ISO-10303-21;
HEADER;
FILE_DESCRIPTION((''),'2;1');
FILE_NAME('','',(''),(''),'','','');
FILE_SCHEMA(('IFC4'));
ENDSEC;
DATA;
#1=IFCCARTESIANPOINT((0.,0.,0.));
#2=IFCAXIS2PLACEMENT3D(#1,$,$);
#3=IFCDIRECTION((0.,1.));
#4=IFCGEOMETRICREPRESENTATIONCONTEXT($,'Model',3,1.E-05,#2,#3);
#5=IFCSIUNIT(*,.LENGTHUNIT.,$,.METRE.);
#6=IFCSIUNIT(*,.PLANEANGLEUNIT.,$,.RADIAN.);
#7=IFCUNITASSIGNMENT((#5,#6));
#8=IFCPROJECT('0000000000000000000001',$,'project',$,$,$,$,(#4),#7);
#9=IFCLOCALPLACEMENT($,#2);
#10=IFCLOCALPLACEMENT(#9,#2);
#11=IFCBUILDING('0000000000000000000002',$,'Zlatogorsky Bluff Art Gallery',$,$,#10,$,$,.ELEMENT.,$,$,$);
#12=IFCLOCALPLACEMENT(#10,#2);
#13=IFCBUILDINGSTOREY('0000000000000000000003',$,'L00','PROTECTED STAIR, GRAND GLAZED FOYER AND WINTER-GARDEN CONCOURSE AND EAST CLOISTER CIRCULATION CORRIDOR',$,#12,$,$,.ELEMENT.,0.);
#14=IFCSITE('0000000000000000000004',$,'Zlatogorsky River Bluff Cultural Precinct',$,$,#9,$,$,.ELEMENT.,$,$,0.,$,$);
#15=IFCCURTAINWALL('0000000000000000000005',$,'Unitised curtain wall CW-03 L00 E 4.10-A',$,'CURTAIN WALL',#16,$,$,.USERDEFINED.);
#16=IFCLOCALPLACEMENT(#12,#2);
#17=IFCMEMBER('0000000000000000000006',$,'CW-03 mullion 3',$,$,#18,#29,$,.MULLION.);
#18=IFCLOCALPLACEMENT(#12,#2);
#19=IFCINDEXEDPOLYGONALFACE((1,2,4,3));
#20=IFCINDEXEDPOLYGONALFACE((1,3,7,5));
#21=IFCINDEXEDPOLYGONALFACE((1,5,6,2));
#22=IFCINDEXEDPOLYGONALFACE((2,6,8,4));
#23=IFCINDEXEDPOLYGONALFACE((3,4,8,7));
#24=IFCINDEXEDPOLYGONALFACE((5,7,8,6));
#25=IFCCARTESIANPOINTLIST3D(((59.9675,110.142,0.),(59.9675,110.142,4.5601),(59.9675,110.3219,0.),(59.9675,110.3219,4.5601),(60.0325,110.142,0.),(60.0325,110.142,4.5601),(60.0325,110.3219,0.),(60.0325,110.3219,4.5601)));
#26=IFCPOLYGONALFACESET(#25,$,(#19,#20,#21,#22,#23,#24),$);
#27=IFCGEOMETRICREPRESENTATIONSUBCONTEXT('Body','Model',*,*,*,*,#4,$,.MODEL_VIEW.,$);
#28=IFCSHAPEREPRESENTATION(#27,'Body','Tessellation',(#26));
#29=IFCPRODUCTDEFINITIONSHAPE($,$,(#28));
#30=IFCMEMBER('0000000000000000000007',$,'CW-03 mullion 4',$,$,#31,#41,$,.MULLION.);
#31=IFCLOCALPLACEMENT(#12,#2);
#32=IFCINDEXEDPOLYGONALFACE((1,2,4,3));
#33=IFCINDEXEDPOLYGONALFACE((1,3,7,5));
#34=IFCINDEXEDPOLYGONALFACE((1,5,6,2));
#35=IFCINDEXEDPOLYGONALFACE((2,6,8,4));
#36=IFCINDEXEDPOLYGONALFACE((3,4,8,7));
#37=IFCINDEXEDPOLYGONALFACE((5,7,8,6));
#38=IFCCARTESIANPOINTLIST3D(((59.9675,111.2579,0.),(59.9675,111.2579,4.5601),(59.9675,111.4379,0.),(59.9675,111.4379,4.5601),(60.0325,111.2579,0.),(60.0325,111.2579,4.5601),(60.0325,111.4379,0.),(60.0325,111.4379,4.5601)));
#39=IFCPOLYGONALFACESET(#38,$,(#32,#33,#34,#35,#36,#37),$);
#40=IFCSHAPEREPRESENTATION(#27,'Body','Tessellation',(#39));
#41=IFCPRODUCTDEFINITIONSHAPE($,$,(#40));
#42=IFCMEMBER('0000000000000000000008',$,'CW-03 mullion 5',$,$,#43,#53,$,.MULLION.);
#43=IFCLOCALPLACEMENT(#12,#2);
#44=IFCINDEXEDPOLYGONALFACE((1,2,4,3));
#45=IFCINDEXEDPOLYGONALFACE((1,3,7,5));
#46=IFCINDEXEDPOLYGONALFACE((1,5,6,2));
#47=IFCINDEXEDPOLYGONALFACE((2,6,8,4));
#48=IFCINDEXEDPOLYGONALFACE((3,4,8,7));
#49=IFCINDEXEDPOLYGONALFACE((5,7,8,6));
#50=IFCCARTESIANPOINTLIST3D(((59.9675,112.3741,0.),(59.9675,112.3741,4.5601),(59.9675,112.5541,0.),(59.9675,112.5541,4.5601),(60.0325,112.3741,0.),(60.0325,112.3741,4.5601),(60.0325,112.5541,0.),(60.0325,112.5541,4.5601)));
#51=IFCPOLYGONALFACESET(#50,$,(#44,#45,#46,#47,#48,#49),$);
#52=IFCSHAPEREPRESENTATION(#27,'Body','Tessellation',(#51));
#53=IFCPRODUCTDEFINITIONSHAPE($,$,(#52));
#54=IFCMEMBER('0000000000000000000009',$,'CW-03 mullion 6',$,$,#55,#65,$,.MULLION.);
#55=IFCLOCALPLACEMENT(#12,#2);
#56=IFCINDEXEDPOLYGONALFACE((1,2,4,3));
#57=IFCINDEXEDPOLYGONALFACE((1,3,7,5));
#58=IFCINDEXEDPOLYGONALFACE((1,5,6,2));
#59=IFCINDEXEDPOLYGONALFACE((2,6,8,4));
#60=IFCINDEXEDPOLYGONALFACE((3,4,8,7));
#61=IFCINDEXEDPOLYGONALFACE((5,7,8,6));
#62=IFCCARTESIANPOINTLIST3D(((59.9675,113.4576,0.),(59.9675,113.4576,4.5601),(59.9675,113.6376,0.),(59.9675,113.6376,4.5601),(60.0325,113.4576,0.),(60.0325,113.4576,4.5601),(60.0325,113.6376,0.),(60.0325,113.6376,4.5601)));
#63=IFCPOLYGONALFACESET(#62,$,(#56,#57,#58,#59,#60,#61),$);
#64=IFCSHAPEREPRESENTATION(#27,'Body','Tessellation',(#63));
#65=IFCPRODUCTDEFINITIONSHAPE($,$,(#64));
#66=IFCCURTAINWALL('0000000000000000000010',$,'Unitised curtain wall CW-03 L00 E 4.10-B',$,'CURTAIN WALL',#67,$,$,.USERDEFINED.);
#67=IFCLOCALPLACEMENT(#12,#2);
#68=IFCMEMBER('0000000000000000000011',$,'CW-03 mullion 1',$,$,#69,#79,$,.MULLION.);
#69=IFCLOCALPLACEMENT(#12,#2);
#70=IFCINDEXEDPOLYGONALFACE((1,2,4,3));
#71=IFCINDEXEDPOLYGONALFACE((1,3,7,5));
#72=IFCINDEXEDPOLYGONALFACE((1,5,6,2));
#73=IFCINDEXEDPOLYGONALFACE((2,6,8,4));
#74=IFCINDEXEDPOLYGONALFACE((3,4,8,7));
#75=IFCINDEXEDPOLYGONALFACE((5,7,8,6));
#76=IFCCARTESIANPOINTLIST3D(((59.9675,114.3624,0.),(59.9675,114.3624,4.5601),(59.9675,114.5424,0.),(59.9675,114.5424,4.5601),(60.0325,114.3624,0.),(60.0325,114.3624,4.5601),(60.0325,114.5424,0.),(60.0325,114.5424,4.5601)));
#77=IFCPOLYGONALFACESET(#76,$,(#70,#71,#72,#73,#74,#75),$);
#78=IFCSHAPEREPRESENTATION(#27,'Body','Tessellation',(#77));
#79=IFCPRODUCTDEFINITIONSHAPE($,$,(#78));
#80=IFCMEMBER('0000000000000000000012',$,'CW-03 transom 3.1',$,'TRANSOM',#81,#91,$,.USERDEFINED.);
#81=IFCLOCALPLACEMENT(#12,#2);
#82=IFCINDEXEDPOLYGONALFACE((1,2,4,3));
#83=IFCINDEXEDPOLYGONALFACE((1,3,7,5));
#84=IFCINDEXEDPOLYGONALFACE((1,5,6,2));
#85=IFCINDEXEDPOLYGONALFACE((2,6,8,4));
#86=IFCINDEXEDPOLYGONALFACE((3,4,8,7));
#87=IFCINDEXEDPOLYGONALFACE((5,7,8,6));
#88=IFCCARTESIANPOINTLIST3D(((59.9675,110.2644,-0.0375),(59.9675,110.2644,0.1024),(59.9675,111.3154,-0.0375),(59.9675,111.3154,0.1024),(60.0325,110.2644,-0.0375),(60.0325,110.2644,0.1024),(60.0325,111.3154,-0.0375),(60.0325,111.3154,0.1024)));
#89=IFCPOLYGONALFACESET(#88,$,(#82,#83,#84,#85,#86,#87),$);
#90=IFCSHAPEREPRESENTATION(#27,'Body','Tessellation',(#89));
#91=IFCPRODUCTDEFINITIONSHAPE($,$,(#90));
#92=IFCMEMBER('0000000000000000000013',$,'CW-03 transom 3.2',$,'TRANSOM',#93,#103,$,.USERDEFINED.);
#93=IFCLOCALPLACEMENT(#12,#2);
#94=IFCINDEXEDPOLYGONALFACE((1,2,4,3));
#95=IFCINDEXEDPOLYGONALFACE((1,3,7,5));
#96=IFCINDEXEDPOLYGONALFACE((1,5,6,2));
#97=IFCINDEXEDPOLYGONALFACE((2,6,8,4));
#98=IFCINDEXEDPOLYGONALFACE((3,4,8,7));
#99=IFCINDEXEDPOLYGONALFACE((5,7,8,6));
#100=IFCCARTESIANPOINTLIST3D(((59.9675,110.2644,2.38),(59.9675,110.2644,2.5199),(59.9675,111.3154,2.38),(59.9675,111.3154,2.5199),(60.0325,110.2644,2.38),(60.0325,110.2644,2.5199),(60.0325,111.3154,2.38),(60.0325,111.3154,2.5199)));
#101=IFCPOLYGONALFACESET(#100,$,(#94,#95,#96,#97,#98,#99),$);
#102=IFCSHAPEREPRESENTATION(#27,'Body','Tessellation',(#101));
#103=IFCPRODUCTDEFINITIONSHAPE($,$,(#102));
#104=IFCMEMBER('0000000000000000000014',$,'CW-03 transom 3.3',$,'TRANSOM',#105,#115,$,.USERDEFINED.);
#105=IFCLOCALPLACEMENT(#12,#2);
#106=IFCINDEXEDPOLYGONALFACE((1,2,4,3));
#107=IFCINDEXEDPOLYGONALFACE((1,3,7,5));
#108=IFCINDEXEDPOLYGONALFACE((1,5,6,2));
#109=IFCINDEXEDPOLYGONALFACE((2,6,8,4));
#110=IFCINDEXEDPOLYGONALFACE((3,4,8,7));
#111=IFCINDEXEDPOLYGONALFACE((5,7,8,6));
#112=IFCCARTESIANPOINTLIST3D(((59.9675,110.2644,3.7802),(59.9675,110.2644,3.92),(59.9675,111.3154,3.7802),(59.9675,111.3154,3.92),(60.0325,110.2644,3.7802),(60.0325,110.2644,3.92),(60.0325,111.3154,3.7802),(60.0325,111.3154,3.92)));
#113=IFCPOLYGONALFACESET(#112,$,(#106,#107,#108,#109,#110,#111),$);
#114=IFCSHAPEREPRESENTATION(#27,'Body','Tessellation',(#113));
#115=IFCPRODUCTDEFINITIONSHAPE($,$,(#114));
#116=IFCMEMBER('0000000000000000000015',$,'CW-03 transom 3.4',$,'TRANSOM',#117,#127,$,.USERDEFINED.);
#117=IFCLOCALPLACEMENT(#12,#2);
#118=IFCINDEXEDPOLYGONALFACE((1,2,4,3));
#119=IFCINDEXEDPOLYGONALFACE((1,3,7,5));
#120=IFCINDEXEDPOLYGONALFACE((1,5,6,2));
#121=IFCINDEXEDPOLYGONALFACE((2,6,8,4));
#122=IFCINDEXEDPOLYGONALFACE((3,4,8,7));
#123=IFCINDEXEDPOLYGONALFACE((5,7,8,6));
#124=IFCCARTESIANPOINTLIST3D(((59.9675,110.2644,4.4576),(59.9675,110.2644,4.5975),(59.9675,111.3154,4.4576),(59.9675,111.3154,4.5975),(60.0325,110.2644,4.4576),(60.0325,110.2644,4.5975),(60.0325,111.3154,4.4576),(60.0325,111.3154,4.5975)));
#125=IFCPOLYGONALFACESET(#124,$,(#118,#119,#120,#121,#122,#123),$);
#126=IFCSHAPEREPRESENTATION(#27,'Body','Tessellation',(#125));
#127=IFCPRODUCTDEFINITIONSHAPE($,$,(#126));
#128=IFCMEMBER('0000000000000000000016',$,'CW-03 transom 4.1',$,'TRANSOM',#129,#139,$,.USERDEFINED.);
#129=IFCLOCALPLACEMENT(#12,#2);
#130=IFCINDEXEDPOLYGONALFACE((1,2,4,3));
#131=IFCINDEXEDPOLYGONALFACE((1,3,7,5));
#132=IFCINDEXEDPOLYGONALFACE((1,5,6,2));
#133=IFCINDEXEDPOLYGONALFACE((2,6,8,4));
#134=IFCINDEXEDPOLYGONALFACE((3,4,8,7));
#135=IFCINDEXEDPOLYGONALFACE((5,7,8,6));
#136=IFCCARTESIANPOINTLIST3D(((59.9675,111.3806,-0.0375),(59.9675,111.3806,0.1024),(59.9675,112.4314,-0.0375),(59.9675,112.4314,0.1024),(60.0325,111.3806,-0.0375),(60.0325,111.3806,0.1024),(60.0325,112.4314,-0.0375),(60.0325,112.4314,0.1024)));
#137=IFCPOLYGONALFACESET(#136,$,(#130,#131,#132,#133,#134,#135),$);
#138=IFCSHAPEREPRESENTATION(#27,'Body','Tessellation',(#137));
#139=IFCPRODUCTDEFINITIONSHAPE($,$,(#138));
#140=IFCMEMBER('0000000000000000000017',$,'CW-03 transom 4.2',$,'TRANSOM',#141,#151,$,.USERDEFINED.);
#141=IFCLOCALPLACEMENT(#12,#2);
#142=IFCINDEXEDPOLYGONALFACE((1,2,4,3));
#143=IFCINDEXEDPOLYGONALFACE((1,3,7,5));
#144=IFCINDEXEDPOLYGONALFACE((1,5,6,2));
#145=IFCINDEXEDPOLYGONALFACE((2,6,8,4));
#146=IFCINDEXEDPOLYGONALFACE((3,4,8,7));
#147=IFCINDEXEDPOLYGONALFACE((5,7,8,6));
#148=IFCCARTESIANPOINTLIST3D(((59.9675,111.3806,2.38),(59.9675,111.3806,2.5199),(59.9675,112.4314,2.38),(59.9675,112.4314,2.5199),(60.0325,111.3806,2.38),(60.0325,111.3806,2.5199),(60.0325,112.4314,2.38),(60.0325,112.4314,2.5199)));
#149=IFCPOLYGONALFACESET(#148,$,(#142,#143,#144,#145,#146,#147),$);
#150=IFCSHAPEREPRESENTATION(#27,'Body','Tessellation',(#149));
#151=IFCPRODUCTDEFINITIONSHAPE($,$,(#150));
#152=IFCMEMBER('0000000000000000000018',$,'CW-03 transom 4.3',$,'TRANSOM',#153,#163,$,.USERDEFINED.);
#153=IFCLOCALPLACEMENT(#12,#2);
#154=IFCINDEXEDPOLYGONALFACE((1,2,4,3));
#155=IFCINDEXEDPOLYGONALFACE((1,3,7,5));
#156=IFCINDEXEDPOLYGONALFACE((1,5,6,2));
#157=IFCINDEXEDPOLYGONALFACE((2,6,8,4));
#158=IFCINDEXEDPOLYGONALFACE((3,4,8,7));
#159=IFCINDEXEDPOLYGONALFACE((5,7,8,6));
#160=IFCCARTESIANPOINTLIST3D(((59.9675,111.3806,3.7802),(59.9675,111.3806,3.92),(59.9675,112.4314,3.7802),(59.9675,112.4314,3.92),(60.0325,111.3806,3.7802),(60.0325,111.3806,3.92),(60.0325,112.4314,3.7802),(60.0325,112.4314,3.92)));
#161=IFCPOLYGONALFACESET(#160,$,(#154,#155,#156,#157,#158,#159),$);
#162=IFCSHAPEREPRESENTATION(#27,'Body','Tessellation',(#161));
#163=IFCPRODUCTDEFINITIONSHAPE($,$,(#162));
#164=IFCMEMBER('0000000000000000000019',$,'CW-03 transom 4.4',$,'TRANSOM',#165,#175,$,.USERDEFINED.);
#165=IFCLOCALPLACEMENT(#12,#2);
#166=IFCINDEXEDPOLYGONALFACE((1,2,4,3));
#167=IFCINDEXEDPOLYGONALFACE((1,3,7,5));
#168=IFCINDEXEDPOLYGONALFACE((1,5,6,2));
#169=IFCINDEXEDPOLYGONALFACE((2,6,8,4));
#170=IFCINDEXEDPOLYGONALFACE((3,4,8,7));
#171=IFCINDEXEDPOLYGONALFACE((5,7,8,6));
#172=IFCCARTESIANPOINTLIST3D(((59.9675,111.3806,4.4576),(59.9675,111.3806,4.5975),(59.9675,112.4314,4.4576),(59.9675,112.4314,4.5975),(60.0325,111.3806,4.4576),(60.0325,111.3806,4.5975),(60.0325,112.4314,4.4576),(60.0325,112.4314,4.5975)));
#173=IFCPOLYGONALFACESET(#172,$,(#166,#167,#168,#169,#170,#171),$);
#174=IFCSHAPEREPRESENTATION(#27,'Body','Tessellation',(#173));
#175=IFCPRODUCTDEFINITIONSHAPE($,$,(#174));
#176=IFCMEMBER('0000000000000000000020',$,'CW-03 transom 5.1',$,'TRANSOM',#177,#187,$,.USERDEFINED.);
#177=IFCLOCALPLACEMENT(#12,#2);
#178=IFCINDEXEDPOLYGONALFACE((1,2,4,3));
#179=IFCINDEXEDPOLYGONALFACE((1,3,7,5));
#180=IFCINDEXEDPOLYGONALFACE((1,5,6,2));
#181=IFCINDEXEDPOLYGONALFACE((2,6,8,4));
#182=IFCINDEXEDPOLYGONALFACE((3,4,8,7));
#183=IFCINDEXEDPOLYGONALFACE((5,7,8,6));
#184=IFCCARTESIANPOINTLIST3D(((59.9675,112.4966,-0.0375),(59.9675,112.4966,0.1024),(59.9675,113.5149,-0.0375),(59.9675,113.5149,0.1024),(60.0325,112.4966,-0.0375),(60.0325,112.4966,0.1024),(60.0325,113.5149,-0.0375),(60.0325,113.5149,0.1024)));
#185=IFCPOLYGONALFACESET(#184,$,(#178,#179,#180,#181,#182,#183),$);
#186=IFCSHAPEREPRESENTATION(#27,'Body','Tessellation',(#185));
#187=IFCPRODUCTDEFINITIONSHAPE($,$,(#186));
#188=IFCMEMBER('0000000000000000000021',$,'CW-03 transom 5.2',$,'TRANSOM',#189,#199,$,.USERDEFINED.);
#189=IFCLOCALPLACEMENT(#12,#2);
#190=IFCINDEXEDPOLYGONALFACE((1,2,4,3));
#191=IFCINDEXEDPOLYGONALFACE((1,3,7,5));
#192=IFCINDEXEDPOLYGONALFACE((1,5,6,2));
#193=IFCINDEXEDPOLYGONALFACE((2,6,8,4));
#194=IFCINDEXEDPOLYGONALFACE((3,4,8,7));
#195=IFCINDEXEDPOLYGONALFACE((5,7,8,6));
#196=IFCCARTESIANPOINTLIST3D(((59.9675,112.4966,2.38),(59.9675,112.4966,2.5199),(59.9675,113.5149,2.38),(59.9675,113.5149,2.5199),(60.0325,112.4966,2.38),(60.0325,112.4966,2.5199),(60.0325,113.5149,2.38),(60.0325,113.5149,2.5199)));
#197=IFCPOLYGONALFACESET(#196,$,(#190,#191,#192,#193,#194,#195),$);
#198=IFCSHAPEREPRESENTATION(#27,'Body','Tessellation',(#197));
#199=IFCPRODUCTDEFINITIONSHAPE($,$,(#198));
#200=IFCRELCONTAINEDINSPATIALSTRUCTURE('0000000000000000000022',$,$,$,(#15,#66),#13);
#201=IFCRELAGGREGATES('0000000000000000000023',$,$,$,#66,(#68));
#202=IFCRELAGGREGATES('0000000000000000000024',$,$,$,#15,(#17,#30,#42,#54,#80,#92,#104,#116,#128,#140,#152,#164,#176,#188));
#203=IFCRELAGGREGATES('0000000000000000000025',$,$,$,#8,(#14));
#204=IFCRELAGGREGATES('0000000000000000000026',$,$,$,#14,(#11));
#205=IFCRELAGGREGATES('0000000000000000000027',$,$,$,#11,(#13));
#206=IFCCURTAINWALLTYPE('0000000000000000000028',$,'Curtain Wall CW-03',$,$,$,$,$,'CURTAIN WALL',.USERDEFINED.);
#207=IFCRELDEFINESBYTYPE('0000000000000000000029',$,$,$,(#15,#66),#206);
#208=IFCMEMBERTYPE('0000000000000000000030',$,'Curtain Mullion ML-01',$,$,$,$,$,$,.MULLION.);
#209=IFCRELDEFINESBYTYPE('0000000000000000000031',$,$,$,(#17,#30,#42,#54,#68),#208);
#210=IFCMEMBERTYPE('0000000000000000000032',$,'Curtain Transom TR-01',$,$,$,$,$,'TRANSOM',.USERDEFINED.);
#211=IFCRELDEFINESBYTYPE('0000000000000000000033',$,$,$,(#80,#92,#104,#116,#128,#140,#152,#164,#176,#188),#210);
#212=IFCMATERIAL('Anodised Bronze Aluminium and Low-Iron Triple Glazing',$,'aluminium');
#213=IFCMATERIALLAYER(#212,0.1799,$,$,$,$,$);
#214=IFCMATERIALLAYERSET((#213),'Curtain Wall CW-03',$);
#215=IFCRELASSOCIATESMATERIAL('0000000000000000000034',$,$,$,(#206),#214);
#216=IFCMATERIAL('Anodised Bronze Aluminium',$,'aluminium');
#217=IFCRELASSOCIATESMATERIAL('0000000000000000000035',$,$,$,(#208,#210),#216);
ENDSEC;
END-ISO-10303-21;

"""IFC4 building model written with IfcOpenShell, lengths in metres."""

from ifc_helpers import new_model, si_unit, direction, frame, origin, origin_2d, place, context, subcontext, project, spatial, rectangle, extrude, material, layer, layer_set, material_profile, profile_set, type_object, element, aggregate, save


model = new_model("IFC4")

# Units and contexts
model_context = context("Model", 3, precision=1e-05, world=origin(), true_north=direction((0.0, 1.0)))
body_context = subcontext(model_context, "Body", "Model", "MODEL_VIEW")
ifc_project = project(units=[si_unit("LENGTHUNIT", "METRE"), si_unit("PLANEANGLEUNIT", "RADIAN")], contexts=[model_context])

# Site, building, storey
site_placement = place(None, origin())
site = spatial("IfcSite", under=ifc_project, at=site_placement, Name="Zlatogorsky River Bluff Cultural Precinct", CompositionType="ELEMENT", RefElevation=0.0)
building_placement = place(site_placement, origin())
building = spatial("IfcBuilding", under=site, at=building_placement, Name="Zlatogorsky Bluff Art Gallery", CompositionType="ELEMENT")
storey_placement = place(building_placement, origin())
storey = spatial("IfcBuildingStorey", under=building, at=storey_placement, Name="L00", Description="PROTECTED STAIR, GRAND GLAZED FOYER AND WINTER-GARDEN CONCOURSE AND EAST CLOISTER CIRCULATION CORRIDOR", CompositionType="ELEMENT", Elevation=0.0)

# Curtain wall, members
ifc_material_1 = material(Name="Anodised Bronze Aluminium and Low-Iron Triple Glazing", Category="aluminium")
ifc_layer_1 = layer(ifc_material_1, 0.1799)
ifc_layer_set_1 = layer_set([ifc_layer_1], Name="Curtain Wall CW-03")
curtain_wall_type = type_object("IfcCurtainWallType", Name="Curtain Wall CW-03", ElementType="CURTAIN WALL", PredefinedType="USERDEFINED", material=ifc_layer_set_1)
curtain_wall_1_placement = place(storey_placement, origin())
curtain_wall_1 = element("IfcCurtainWall", 1, at=curtain_wall_1_placement, inside=storey, type_object=curtain_wall_type, Name="Unitised curtain wall CW-03 L00 E 4.10-A", ObjectType="CURTAIN WALL", PredefinedType="USERDEFINED")
ifc_material_2 = material(Name="Anodised Bronze Aluminium", Category="aluminium")
ifc_material_profile_1 = material_profile(ifc_material_2, rectangle(XDim=0.0649, YDim=0.1799, at=origin_2d()), Name="ALU MULLION 65x180")
ifc_profile_set_1 = profile_set([ifc_material_profile_1], Name="Anodised Bronze Aluminium")
member_type_1 = type_object("IfcMemberType", Name="Curtain Mullion ML-01", PredefinedType="MULLION", material=ifc_profile_set_1)
member_1_placement = place(storey_placement, frame((60.0, 110.2319, 0.0), z_axis=(0.0, 0.0, 1.0), x_axis=(-1.0, 0.0, 0.0)))
member_1 = element("IfcMember", 2, at=member_1_placement, type_object=member_type_1, Name="CW-03 mullion 3", PredefinedType="MULLION", context=body_context, shape_type="SweptSolid", body=[
    extrude(rectangle(XDim=0.0649, YDim=0.1799, at=origin_2d()), origin(), (0.0, 0.0, 1.0), 4.5601),
])
member_2_placement = place(storey_placement, frame((60.0, 111.3479, 0.0), z_axis=(0.0, 0.0, 1.0), x_axis=(-1.0, 0.0, 0.0)))
member_2 = element("IfcMember", 3, at=member_2_placement, type_object=member_type_1, Name="CW-03 mullion 4", PredefinedType="MULLION", context=body_context, shape_type="SweptSolid", body=[
    extrude(rectangle(XDim=0.0649, YDim=0.1799, at=origin_2d()), origin(), (0.0, 0.0, 1.0), 4.5601),
])
member_3_placement = place(storey_placement, frame((60.0, 112.4641, 0.0), z_axis=(0.0, 0.0, 1.0), x_axis=(-1.0, 0.0, 0.0)))
member_3 = element("IfcMember", 4, at=member_3_placement, type_object=member_type_1, Name="CW-03 mullion 5", PredefinedType="MULLION", context=body_context, shape_type="SweptSolid", body=[
    extrude(rectangle(XDim=0.0649, YDim=0.1799, at=origin_2d()), origin(), (0.0, 0.0, 1.0), 4.5601),
])
member_4_placement = place(storey_placement, frame((60.0, 113.5476, 0.0), z_axis=(0.0, 0.0, 1.0), x_axis=(-1.0, 0.0, 0.0)))
member_4 = element("IfcMember", 5, at=member_4_placement, type_object=member_type_1, Name="CW-03 mullion 6", PredefinedType="MULLION", context=body_context, shape_type="SweptSolid", body=[
    extrude(rectangle(XDim=0.0649, YDim=0.1799, at=origin_2d()), origin(), (0.0, 0.0, 1.0), 4.5601),
])

# Curtain wall, member
curtain_wall_2_placement = place(storey_placement, origin())
curtain_wall_2 = element("IfcCurtainWall", 6, at=curtain_wall_2_placement, inside=storey, type_object=curtain_wall_type, Name="Unitised curtain wall CW-03 L00 E 4.10-B", ObjectType="CURTAIN WALL", PredefinedType="USERDEFINED")
member_5_placement = place(storey_placement, frame((60.0, 114.4524, 0.0), z_axis=(0.0, 0.0, 1.0), x_axis=(-1.0, 0.0, 0.0)))
member_5 = element("IfcMember", 7, at=member_5_placement, type_object=member_type_1, Name="CW-03 mullion 1", PredefinedType="MULLION", context=body_context, shape_type="SweptSolid", body=[
    extrude(rectangle(XDim=0.0649, YDim=0.1799, at=origin_2d()), origin(), (0.0, 0.0, 1.0), 4.5601),
])

# Members
ifc_material_profile_2 = material_profile(ifc_material_2, rectangle(XDim=0.0649, YDim=0.1399, at=origin_2d()), Name="ALU TRANSOM 65x140")
ifc_profile_set_2 = profile_set([ifc_material_profile_2], Name="Anodised Bronze Aluminium")
member_type_2 = type_object("IfcMemberType", Name="Curtain Transom TR-01", ElementType="TRANSOM", PredefinedType="USERDEFINED", material=ifc_profile_set_2)
member_6_placement = place(storey_placement, frame((60.0, 110.2644, 0.0325), z_axis=(0.0, 1.0, 0.0), x_axis=(-1.0, 0.0, 0.0)))
member_6 = element("IfcMember", 8, at=member_6_placement, type_object=member_type_2, Name="CW-03 transom 3.1", ObjectType="TRANSOM", PredefinedType="USERDEFINED", context=body_context, shape_type="SweptSolid", body=[
    extrude(rectangle(XDim=0.0649, YDim=0.1399, at=origin_2d()), origin(), (0.0, 0.0, 1.0), 1.051),
])
member_7_placement = place(storey_placement, frame((60.0, 110.2644, 2.45), z_axis=(0.0, 1.0, 0.0), x_axis=(-1.0, 0.0, 0.0)))
member_7 = element("IfcMember", 9, at=member_7_placement, type_object=member_type_2, Name="CW-03 transom 3.2", ObjectType="TRANSOM", PredefinedType="USERDEFINED", context=body_context, shape_type="SweptSolid", body=[
    extrude(rectangle(XDim=0.0649, YDim=0.1399, at=origin_2d()), origin(), (0.0, 0.0, 1.0), 1.051),
])
member_8_placement = place(storey_placement, frame((60.0, 110.2644, 3.8501), z_axis=(0.0, 1.0, 0.0), x_axis=(-1.0, 0.0, 0.0)))
member_8 = element("IfcMember", 10, at=member_8_placement, type_object=member_type_2, Name="CW-03 transom 3.3", ObjectType="TRANSOM", PredefinedType="USERDEFINED", context=body_context, shape_type="SweptSolid", body=[
    extrude(rectangle(XDim=0.0649, YDim=0.1399, at=origin_2d()), origin(), (0.0, 0.0, 1.0), 1.051),
])
member_9_placement = place(storey_placement, frame((60.0, 110.2644, 4.5276), z_axis=(0.0, 1.0, 0.0), x_axis=(-1.0, 0.0, 0.0)))
member_9 = element("IfcMember", 11, at=member_9_placement, type_object=member_type_2, Name="CW-03 transom 3.4", ObjectType="TRANSOM", PredefinedType="USERDEFINED", context=body_context, shape_type="SweptSolid", body=[
    extrude(rectangle(XDim=0.0649, YDim=0.1399, at=origin_2d()), origin(), (0.0, 0.0, 1.0), 1.051),
])
member_10_placement = place(storey_placement, frame((60.0, 111.3806, 0.0325), z_axis=(0.0, 1.0, 0.0), x_axis=(-1.0, 0.0, 0.0)))
member_10 = element("IfcMember", 12, at=member_10_placement, type_object=member_type_2, Name="CW-03 transom 4.1", ObjectType="TRANSOM", PredefinedType="USERDEFINED", context=body_context, shape_type="SweptSolid", body=[
    extrude(rectangle(XDim=0.0649, YDim=0.1399, at=origin_2d()), origin(), (0.0, 0.0, 1.0), 1.0508),
])
member_11_placement = place(storey_placement, frame((60.0, 111.3806, 2.45), z_axis=(0.0, 1.0, 0.0), x_axis=(-1.0, 0.0, 0.0)))
member_11 = element("IfcMember", 13, at=member_11_placement, type_object=member_type_2, Name="CW-03 transom 4.2", ObjectType="TRANSOM", PredefinedType="USERDEFINED", context=body_context, shape_type="SweptSolid", body=[
    extrude(rectangle(XDim=0.0649, YDim=0.1399, at=origin_2d()), origin(), (0.0, 0.0, 1.0), 1.0508),
])
member_12_placement = place(storey_placement, frame((60.0, 111.3806, 3.8501), z_axis=(0.0, 1.0, 0.0), x_axis=(-1.0, 0.0, 0.0)))
member_12 = element("IfcMember", 14, at=member_12_placement, type_object=member_type_2, Name="CW-03 transom 4.3", ObjectType="TRANSOM", PredefinedType="USERDEFINED", context=body_context, shape_type="SweptSolid", body=[
    extrude(rectangle(XDim=0.0649, YDim=0.1399, at=origin_2d()), origin(), (0.0, 0.0, 1.0), 1.0508),
])
member_13_placement = place(storey_placement, frame((60.0, 111.3806, 4.5276), z_axis=(0.0, 1.0, 0.0), x_axis=(-1.0, 0.0, 0.0)))
member_13 = element("IfcMember", 15, at=member_13_placement, type_object=member_type_2, Name="CW-03 transom 4.4", ObjectType="TRANSOM", PredefinedType="USERDEFINED", context=body_context, shape_type="SweptSolid", body=[
    extrude(rectangle(XDim=0.0649, YDim=0.1399, at=origin_2d()), origin(), (0.0, 0.0, 1.0), 1.0508),
])
member_14_placement = place(storey_placement, frame((60.0, 112.4966, 0.0325), z_axis=(0.0, 1.0, 0.0), x_axis=(-1.0, 0.0, 0.0)))
member_14 = element("IfcMember", 16, at=member_14_placement, type_object=member_type_2, Name="CW-03 transom 5.1", ObjectType="TRANSOM", PredefinedType="USERDEFINED", context=body_context, shape_type="SweptSolid", body=[
    extrude(rectangle(XDim=0.0649, YDim=0.1399, at=origin_2d()), origin(), (0.0, 0.0, 1.0), 1.0183),
])
member_15_placement = place(storey_placement, frame((60.0, 112.4966, 2.45), z_axis=(0.0, 1.0, 0.0), x_axis=(-1.0, 0.0, 0.0)))
member_15 = element("IfcMember", 17, at=member_15_placement, type_object=member_type_2, Name="CW-03 transom 5.2", ObjectType="TRANSOM", PredefinedType="USERDEFINED", context=body_context, shape_type="SweptSolid", body=[
    extrude(rectangle(XDim=0.0649, YDim=0.1399, at=origin_2d()), origin(), (0.0, 0.0, 1.0), 1.0183),
])
aggregate(curtain_wall_2, [member_5])

aggregate(curtain_wall_1, [member_1, member_2, member_3, member_4, member_6, member_7, member_8, member_9, member_10, member_11, member_12, member_13, member_14, member_15])

save(model, "model.ifc")
